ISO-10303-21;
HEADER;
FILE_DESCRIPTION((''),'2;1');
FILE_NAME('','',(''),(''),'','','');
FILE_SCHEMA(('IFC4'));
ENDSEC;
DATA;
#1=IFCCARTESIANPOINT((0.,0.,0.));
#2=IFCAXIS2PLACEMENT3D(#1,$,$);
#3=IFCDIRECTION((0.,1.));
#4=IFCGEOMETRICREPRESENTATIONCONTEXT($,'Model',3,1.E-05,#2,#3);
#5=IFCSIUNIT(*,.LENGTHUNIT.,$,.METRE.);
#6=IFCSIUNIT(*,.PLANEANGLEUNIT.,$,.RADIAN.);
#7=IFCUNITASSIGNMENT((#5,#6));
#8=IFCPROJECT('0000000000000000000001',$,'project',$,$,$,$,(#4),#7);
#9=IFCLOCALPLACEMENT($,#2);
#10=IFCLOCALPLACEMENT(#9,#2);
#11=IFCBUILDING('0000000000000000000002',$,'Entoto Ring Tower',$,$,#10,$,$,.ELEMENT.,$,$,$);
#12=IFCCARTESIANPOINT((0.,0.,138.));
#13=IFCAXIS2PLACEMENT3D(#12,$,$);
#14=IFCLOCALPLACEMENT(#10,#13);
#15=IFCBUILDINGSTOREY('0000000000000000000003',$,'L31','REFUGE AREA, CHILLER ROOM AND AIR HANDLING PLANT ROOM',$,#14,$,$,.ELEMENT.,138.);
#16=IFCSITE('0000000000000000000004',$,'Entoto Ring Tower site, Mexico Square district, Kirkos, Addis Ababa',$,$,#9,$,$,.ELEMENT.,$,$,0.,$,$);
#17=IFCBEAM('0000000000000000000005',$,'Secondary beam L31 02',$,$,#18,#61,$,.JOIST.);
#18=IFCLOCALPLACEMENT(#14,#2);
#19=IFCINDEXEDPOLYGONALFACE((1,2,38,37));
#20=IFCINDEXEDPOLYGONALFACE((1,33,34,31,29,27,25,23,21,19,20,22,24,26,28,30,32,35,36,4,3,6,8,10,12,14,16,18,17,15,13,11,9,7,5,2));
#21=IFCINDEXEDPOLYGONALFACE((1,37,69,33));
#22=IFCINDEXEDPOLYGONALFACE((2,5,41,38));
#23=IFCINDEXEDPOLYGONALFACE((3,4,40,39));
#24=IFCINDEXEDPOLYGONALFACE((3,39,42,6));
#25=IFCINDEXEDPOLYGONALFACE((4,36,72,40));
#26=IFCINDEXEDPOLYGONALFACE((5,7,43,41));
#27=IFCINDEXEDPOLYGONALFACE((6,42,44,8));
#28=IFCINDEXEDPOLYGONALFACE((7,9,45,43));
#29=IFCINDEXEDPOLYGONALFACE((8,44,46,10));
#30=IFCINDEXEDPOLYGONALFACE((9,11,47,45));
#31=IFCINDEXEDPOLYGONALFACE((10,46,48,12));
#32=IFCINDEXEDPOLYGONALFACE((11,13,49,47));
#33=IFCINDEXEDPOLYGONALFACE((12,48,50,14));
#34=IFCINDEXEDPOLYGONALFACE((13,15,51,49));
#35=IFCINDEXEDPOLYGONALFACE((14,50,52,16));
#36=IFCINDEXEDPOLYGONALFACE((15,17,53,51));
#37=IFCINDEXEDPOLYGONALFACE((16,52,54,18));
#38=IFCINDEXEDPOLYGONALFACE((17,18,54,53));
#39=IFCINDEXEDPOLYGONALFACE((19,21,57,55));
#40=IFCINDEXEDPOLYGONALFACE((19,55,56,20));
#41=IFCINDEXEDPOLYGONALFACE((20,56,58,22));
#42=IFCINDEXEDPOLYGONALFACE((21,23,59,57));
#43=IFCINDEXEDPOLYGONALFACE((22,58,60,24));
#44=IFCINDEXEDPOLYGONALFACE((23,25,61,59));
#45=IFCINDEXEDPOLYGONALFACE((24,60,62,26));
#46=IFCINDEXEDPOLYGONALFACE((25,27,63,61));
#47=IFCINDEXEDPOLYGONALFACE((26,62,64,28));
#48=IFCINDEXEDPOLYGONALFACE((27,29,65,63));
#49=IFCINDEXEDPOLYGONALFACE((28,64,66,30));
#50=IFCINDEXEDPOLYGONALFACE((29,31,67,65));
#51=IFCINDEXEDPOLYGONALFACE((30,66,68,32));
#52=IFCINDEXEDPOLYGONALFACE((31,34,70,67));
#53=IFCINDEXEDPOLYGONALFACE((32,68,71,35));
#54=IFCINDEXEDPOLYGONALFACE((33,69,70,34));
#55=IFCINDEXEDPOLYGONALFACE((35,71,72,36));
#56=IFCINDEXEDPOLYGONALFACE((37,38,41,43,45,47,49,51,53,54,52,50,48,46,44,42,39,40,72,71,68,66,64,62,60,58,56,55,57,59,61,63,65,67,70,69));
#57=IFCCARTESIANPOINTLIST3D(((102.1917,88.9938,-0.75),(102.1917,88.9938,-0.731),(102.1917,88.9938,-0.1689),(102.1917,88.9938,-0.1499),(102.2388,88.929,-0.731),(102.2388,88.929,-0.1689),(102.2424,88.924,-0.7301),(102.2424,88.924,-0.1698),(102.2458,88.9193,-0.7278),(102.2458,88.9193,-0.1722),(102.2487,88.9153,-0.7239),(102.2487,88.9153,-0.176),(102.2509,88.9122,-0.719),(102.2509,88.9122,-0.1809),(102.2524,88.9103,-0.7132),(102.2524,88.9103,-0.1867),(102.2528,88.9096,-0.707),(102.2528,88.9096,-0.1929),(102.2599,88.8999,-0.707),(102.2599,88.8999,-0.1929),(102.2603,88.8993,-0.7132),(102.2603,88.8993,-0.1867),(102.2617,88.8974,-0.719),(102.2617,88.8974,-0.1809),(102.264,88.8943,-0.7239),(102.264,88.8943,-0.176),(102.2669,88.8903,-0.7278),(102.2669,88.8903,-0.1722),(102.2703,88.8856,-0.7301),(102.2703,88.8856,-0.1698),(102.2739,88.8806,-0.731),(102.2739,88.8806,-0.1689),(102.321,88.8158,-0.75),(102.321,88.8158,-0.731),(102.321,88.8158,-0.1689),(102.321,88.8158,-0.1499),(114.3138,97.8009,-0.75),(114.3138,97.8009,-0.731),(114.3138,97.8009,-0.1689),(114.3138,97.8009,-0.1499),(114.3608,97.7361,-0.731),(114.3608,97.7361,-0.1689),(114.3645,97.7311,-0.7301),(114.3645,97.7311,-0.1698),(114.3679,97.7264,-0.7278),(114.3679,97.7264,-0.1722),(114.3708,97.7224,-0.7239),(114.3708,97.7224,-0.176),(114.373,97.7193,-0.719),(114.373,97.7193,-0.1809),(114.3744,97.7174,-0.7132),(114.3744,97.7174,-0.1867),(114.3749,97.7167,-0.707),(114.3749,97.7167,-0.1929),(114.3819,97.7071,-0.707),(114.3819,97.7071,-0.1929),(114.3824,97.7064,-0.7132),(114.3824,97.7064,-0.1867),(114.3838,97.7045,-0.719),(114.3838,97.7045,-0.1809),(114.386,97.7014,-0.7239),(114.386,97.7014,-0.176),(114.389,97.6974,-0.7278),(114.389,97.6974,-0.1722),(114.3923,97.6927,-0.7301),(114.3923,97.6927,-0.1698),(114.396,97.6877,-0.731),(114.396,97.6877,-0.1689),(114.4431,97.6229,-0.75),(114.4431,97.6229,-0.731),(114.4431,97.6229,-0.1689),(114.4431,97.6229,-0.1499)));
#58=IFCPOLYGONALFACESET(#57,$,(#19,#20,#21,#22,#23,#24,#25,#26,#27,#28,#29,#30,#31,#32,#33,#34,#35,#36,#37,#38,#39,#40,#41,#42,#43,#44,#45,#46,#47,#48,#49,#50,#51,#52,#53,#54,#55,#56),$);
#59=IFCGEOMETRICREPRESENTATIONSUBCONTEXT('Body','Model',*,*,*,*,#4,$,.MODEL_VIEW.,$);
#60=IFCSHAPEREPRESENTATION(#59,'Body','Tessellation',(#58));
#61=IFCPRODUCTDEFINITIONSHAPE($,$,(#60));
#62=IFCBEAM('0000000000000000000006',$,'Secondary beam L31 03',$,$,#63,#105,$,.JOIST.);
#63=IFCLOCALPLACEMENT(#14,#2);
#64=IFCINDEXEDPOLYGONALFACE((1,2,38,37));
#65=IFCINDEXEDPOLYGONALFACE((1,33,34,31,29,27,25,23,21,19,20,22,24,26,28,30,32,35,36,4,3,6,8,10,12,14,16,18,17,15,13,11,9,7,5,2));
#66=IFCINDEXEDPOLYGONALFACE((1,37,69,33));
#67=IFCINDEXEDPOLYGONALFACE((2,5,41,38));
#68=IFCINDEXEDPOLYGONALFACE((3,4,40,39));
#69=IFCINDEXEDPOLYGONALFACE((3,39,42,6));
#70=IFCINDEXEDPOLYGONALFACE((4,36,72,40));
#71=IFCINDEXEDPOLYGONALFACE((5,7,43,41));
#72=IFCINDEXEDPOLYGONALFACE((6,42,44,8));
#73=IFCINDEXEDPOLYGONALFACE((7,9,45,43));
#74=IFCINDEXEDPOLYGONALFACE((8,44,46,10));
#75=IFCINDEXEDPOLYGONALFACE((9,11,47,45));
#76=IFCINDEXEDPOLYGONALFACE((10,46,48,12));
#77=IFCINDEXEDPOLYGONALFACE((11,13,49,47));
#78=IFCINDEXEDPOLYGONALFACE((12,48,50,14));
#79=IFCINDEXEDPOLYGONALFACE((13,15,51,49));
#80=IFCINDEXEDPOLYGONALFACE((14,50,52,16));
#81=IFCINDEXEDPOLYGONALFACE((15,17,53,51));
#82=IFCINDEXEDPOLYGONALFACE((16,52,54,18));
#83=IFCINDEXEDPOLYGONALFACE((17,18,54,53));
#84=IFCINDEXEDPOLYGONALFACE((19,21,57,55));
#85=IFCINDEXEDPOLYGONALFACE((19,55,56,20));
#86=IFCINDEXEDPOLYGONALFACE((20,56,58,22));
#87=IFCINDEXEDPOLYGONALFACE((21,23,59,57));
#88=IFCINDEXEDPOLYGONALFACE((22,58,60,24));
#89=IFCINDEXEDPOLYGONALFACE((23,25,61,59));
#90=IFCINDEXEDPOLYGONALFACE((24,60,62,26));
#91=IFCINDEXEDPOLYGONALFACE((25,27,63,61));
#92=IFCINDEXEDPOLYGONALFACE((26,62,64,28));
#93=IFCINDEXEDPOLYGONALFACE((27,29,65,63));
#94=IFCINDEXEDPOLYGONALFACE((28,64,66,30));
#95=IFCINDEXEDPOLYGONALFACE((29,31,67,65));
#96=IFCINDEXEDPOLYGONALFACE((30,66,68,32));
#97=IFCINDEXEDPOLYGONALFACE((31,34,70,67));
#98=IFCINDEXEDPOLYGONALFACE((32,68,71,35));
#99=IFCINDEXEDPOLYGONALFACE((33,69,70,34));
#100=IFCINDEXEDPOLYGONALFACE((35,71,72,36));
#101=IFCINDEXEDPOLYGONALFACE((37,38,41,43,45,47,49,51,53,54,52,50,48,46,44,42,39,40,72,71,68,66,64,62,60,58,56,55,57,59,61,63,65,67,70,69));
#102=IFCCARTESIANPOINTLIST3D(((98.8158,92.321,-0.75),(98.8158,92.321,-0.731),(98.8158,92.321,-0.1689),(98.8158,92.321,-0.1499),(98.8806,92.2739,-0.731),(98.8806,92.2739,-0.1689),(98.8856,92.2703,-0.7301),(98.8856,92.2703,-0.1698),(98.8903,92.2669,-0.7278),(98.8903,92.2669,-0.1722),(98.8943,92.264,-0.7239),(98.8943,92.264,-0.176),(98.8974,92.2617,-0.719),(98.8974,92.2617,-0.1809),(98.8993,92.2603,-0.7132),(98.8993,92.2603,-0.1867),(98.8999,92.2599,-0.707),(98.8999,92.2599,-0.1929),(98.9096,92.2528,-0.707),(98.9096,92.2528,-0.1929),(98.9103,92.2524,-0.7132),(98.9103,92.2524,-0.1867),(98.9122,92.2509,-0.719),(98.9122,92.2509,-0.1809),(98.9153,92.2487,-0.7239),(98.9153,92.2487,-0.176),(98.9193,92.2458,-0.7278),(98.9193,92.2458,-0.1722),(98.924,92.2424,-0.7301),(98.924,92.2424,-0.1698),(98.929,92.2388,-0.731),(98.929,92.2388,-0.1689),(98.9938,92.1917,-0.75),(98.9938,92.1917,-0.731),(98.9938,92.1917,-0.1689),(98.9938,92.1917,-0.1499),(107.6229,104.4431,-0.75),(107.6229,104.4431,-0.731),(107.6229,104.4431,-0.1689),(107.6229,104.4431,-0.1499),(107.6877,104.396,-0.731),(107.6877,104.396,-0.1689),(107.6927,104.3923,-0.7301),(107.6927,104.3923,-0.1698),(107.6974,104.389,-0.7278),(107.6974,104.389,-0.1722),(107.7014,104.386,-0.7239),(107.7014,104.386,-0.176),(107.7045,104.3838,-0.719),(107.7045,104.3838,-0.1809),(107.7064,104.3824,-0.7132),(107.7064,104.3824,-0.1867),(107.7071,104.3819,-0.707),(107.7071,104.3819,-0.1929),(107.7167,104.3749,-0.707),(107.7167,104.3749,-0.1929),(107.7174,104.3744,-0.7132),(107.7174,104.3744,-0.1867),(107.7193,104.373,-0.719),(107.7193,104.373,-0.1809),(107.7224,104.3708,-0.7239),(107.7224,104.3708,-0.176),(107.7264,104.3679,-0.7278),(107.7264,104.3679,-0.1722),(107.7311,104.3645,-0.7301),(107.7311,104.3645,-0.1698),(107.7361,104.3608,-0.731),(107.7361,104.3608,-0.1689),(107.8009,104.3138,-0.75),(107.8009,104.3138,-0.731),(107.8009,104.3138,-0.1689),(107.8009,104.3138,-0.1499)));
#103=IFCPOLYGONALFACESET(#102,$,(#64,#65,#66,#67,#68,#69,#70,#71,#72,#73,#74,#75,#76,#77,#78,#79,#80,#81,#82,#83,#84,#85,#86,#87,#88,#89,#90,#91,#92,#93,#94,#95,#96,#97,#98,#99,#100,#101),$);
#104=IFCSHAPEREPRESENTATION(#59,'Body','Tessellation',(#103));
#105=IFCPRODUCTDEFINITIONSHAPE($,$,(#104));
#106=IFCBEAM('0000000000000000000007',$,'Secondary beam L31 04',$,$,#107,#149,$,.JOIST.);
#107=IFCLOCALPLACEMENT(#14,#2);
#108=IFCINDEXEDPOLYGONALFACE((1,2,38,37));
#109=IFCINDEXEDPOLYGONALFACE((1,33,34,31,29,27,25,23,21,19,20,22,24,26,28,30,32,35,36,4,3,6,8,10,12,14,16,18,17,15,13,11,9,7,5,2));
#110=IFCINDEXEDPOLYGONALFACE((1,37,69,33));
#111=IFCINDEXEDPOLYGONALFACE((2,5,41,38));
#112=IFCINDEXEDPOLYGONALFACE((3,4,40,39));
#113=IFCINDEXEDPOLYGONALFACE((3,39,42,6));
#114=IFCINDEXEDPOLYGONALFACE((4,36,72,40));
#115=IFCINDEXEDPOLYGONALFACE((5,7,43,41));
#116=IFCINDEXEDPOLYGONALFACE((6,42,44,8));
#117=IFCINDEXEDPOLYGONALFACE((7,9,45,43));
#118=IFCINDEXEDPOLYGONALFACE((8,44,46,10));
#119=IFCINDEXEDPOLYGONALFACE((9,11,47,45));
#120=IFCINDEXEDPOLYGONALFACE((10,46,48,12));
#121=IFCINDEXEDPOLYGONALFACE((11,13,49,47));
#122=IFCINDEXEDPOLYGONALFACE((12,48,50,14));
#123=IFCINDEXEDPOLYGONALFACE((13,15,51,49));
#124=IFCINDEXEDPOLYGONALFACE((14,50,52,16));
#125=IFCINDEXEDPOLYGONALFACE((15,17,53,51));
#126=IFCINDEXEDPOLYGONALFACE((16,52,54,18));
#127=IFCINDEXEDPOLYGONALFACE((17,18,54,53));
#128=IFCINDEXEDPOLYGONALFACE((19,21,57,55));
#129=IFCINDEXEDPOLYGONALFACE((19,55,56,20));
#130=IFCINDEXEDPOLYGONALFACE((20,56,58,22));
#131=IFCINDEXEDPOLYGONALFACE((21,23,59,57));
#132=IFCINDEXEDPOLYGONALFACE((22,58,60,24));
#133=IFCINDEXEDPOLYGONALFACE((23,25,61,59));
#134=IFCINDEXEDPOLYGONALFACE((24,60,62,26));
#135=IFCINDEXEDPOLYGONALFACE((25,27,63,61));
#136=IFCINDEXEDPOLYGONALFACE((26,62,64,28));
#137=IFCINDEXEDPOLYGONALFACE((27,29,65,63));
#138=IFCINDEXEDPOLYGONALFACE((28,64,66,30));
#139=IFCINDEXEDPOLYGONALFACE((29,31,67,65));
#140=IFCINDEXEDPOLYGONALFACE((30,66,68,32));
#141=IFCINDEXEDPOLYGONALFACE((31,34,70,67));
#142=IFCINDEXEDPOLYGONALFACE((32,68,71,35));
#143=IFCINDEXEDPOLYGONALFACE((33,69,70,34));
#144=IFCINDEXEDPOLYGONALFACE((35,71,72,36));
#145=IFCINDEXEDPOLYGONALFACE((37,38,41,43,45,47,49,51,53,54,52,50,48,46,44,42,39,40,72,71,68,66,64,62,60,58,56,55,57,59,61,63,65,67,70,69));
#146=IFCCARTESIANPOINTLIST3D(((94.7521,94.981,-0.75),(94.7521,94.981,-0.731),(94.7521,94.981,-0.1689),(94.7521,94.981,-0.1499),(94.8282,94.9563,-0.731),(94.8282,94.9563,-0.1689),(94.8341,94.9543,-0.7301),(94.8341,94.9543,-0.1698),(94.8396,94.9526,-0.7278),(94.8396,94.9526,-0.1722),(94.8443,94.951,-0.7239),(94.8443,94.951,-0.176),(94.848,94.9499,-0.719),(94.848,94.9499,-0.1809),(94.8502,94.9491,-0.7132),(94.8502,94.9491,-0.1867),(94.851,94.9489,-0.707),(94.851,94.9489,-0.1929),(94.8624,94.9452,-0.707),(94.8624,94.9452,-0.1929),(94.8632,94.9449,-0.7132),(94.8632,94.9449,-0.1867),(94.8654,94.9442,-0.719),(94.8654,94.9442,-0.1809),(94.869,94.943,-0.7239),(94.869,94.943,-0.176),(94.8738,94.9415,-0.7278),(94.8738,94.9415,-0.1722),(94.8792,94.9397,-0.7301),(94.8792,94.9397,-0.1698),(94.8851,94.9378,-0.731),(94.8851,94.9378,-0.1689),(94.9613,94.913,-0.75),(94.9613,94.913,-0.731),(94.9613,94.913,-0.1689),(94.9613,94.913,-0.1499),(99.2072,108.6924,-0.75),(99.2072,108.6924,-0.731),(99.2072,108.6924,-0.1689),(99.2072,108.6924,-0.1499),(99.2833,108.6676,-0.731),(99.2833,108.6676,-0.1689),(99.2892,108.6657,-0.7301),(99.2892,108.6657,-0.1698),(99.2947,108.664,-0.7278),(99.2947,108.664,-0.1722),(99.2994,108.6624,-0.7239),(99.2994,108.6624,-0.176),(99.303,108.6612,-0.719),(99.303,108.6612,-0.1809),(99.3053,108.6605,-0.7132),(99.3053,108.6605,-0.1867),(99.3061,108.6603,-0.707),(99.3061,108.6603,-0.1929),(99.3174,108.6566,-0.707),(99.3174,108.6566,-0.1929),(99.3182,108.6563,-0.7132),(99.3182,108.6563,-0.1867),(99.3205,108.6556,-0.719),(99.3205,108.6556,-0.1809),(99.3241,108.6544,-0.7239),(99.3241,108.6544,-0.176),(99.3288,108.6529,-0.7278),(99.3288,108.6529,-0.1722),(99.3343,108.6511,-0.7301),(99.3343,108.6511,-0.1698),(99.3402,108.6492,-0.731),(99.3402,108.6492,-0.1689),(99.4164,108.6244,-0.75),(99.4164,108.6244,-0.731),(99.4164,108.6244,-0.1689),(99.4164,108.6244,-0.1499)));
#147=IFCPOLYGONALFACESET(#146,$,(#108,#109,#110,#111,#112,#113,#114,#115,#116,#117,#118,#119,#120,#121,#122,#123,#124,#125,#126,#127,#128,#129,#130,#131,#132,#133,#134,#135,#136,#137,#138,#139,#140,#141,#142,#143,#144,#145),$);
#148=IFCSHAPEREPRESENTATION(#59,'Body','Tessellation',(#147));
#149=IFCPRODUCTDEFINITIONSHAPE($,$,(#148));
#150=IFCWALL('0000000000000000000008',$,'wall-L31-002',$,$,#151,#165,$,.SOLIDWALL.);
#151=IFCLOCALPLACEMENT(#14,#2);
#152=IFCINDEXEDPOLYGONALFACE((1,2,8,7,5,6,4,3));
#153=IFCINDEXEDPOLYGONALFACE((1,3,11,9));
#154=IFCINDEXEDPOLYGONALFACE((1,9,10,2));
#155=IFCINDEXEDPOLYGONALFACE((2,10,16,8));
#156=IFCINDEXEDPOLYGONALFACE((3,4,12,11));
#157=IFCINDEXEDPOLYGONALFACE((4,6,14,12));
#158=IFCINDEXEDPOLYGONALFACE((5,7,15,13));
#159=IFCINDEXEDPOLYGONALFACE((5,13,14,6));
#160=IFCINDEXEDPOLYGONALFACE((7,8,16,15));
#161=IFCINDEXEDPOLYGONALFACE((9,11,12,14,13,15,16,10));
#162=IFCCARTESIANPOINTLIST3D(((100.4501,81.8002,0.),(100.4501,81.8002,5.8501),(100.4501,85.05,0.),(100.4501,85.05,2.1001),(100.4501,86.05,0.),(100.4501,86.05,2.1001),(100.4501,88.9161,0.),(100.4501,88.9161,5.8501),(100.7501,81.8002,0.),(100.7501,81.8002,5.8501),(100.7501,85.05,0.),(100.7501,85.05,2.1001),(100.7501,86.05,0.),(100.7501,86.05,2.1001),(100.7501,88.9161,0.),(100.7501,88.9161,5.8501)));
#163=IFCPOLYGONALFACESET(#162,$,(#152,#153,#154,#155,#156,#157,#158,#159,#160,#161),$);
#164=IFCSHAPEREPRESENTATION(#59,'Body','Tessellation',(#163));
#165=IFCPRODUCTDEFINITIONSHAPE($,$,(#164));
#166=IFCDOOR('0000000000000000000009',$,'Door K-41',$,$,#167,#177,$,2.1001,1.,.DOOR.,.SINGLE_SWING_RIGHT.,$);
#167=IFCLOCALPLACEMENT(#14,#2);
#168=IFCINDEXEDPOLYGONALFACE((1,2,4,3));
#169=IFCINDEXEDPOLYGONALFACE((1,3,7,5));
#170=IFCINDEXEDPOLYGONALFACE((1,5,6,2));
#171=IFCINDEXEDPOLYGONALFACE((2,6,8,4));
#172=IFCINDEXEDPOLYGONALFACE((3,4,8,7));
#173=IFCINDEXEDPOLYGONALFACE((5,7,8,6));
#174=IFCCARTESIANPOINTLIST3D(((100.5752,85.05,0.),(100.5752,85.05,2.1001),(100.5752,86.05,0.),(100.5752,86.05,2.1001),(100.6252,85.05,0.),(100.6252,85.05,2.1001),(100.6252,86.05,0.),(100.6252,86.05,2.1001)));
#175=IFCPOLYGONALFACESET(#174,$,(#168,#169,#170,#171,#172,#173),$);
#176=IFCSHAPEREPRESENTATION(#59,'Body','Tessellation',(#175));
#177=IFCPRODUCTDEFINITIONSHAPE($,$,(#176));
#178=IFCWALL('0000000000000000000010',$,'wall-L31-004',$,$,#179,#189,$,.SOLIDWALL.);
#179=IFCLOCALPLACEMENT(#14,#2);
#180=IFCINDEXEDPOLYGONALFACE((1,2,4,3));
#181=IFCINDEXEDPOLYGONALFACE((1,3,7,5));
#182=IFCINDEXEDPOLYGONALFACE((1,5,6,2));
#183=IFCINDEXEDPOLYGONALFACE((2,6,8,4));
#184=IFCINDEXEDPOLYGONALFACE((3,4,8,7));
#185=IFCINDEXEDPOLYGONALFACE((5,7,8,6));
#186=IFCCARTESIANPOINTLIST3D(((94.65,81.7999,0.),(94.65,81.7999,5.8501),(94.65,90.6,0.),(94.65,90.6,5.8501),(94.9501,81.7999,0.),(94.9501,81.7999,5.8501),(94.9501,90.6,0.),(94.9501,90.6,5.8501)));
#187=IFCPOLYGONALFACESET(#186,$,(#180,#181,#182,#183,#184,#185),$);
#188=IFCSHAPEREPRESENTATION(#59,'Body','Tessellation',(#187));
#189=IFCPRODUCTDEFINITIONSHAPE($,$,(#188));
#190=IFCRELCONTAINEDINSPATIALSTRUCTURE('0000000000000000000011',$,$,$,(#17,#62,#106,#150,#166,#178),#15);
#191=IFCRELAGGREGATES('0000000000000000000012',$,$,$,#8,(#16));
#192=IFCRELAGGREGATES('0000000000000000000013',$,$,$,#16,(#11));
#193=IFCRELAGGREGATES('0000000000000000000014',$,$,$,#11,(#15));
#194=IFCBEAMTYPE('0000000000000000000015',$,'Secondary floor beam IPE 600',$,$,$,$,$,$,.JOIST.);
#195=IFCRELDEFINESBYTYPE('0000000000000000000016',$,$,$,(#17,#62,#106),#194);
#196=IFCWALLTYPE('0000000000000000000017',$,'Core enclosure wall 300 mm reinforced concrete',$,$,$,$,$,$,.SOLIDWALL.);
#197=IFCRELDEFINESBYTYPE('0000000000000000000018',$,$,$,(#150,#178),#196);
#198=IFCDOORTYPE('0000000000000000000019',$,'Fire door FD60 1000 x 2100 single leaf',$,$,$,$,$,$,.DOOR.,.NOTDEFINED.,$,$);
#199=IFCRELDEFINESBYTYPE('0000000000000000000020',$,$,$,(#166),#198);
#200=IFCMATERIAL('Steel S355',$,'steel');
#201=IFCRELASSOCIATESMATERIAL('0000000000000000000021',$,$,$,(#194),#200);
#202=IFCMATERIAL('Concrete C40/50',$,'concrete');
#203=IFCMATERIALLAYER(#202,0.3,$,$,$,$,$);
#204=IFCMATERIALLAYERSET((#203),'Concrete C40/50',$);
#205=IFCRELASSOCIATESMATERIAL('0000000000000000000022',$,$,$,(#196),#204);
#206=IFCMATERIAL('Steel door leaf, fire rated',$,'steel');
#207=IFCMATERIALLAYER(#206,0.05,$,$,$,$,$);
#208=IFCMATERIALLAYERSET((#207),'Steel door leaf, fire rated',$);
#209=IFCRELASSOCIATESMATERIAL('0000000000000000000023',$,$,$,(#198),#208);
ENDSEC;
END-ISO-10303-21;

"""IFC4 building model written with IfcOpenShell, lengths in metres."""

from ifc_helpers import new_model, si_unit, direction, frame, frame_2d, origin, origin_2d, place, context, subcontext, project, spatial, rectangle, i_section, extrude, material, layer, layer_set, material_profile, profile_set, type_object, element, fill, save


model = new_model("IFC4")

# Units and contexts
model_context = context("Model", 3, precision=1e-05, world=origin(), true_north=direction((0.0, 1.0)))
body_context = subcontext(model_context, "Body", "Model", "MODEL_VIEW")
ifc_project = project(units=[si_unit("LENGTHUNIT", "METRE"), si_unit("PLANEANGLEUNIT", "RADIAN")], contexts=[model_context])

# Site, building, storey
site_placement = place(None, origin())
site = spatial("IfcSite", under=ifc_project, at=site_placement, Name="Entoto Ring Tower site, Mexico Square district, Kirkos, Addis Ababa", CompositionType="ELEMENT", RefElevation=0.0)
building_placement = place(site_placement, origin())
building = spatial("IfcBuilding", under=site, at=building_placement, Name="Entoto Ring Tower", CompositionType="ELEMENT")
storey_placement = place(building_placement, frame((0.0, 0.0, 138.0)))
storey = spatial("IfcBuildingStorey", under=building, at=storey_placement, Name="L31", Description="REFUGE AREA, CHILLER ROOM AND AIR HANDLING PLANT ROOM", CompositionType="ELEMENT", Elevation=138.0)

# Beams
ifc_material_1 = material(Name="Steel S355", Category="steel")
ifc_material_profile_1 = material_profile(ifc_material_1, i_section(OverallWidth=0.22, OverallDepth=0.6001, WebThickness=0.012, FlangeThickness=0.019, FilletRadius=0.0239, at=origin_2d()), Name="IPE 600")
ifc_profile_set_1 = profile_set([ifc_material_profile_1], Name="Steel S355")
beam_type_1 = type_object("IfcBeamType", Name="Secondary floor beam IPE 600", PredefinedType="JOIST", material=ifc_profile_set_1)
for number, where, z_axis, x_axis, name in (
    (1, (102.2563, 88.9048, -0.45), (0.809019, 0.587782, 0.0), (-0.587782, 0.809019, 0.0), "Secondary beam L31 02"),
    (2, (98.9048, 92.2563, -0.45), (0.587782, 0.809019, 0.0), (-0.809019, 0.587782, 0.0), "Secondary beam L31 03"),
):
    element("IfcBeam", number, at=place(storey_placement, frame(where, z_axis=z_axis, x_axis=x_axis)), inside=storey, type_object=beam_type_1, Name=name, PredefinedType="JOIST", context=body_context, shape_type="SweptSolid", body=[
        extrude(i_section(OverallWidth=0.22, OverallDepth=0.6001, WebThickness=0.012, FlangeThickness=0.019, FilletRadius=0.0239, at=origin_2d()), origin(), (0.0, 0.0, 1.0), 14.9836),
    ])
beam_1_placement = place(storey_placement, frame((94.8567, 94.947, -0.45), z_axis=(0.309015, 0.951057, 0.0), x_axis=(-0.951057, 0.309015, 0.0)))
element("IfcBeam", 3, at=beam_1_placement, inside=storey, type_object=beam_type_1, Name="Secondary beam L31 04", PredefinedType="JOIST", context=body_context, shape_type="SweptSolid", body=[
    extrude(i_section(OverallWidth=0.22, OverallDepth=0.6001, WebThickness=0.012, FlangeThickness=0.019, FilletRadius=0.0239, at=origin_2d()), origin(), (0.0, 0.0, 1.0), 14.417),
])

# Wall, opening, door
ifc_material_2 = material(Name="Concrete C40/50", Category="concrete")
ifc_layer_1 = layer(ifc_material_2, 0.3)
ifc_layer_set_1 = layer_set([ifc_layer_1], Name="Concrete C40/50")
wall_type_1 = type_object("IfcWallType", Name="Core enclosure wall 300 mm reinforced concrete", PredefinedType="SOLIDWALL", material=ifc_layer_set_1)
wall_1_placement = place(storey_placement, frame((100.6001, 81.8, 0.0), z_axis=(0.0, 0.0, 1.0), x_axis=(0.0, 1.0, 0.0)))
wall_1 = element("IfcWall", 4, at=wall_1_placement, inside=storey, type_object=wall_type_1, Name="wall-L31-002", PredefinedType="SOLIDWALL", context=body_context, shape_type="SweptSolid", body=[
    extrude(rectangle(XDim=7.116, YDim=0.3, at=frame_2d((3.5581, 0.0))), origin(), (0.0, 0.0, 1.0), 5.8501),
])
opening_1_placement = place(wall_1_placement, frame((3.25, 0.0, 0.0)))
opening_1 = element("IfcOpeningElement", 5, at=opening_1_placement, cuts=wall_1, PredefinedType="OPENING", context=body_context, shape_type="SweptSolid", body=[
    extrude(rectangle(XDim=1.0, YDim=2.1001, at=frame_2d((0.5, 1.05))), frame((0.0, 0.1602, 0.0), z_axis=(0.0, -1.0, 0.0), x_axis=(1.0, 0.0, 0.0)), (0.0, 0.0, 1.0), 0.3201),
])
ifc_material_3 = material(Name="Steel door leaf, fire rated", Category="steel")
ifc_layer_2 = layer(ifc_material_3, 0.05)
ifc_layer_set_2 = layer_set([ifc_layer_2], Name="Steel door leaf, fire rated")
door_type_1 = type_object("IfcDoorType", Name="Fire door FD60 1000 x 2100 single leaf", OperationType="NOTDEFINED", PredefinedType="DOOR", material=ifc_layer_set_2)
door_1_placement = place(opening_1_placement, origin())
door_1 = element("IfcDoor", 6, at=door_1_placement, inside=storey, type_object=door_type_1, Name="Door K-41", OperationType="SINGLE_SWING_RIGHT", OverallHeight=2.1001, OverallWidth=1.0, PredefinedType="DOOR", context=body_context, shape_type="SweptSolid", body=[
    extrude(rectangle(XDim=1.0, YDim=2.1001, at=frame_2d((0.5, 1.05))), frame((0.0, 0.0249, 0.0), z_axis=(0.0, -1.0, 0.0), x_axis=(1.0, 0.0, 0.0)), (0.0, 0.0, 1.0), 0.05),
])
fill(opening_1, door_1)

# Wall
for number, where, z_axis, x_axis, name in (
    (7, (94.8, 81.8, 0.0), (0.0, 0.0, 1.0), (0.0, 1.0, 0.0), "wall-L31-004"),
):
    element("IfcWall", number, at=place(storey_placement, frame(where, z_axis=z_axis, x_axis=x_axis)), inside=storey, type_object=wall_type_1, Name=name, PredefinedType="SOLIDWALL", context=body_context, shape_type="SweptSolid", body=[
        extrude(rectangle(XDim=8.8, YDim=0.3, at=frame_2d((4.3999, 0.0))), origin(), (0.0, 0.0, 1.0), 5.8501),
    ])

save(model, "model.ifc")
